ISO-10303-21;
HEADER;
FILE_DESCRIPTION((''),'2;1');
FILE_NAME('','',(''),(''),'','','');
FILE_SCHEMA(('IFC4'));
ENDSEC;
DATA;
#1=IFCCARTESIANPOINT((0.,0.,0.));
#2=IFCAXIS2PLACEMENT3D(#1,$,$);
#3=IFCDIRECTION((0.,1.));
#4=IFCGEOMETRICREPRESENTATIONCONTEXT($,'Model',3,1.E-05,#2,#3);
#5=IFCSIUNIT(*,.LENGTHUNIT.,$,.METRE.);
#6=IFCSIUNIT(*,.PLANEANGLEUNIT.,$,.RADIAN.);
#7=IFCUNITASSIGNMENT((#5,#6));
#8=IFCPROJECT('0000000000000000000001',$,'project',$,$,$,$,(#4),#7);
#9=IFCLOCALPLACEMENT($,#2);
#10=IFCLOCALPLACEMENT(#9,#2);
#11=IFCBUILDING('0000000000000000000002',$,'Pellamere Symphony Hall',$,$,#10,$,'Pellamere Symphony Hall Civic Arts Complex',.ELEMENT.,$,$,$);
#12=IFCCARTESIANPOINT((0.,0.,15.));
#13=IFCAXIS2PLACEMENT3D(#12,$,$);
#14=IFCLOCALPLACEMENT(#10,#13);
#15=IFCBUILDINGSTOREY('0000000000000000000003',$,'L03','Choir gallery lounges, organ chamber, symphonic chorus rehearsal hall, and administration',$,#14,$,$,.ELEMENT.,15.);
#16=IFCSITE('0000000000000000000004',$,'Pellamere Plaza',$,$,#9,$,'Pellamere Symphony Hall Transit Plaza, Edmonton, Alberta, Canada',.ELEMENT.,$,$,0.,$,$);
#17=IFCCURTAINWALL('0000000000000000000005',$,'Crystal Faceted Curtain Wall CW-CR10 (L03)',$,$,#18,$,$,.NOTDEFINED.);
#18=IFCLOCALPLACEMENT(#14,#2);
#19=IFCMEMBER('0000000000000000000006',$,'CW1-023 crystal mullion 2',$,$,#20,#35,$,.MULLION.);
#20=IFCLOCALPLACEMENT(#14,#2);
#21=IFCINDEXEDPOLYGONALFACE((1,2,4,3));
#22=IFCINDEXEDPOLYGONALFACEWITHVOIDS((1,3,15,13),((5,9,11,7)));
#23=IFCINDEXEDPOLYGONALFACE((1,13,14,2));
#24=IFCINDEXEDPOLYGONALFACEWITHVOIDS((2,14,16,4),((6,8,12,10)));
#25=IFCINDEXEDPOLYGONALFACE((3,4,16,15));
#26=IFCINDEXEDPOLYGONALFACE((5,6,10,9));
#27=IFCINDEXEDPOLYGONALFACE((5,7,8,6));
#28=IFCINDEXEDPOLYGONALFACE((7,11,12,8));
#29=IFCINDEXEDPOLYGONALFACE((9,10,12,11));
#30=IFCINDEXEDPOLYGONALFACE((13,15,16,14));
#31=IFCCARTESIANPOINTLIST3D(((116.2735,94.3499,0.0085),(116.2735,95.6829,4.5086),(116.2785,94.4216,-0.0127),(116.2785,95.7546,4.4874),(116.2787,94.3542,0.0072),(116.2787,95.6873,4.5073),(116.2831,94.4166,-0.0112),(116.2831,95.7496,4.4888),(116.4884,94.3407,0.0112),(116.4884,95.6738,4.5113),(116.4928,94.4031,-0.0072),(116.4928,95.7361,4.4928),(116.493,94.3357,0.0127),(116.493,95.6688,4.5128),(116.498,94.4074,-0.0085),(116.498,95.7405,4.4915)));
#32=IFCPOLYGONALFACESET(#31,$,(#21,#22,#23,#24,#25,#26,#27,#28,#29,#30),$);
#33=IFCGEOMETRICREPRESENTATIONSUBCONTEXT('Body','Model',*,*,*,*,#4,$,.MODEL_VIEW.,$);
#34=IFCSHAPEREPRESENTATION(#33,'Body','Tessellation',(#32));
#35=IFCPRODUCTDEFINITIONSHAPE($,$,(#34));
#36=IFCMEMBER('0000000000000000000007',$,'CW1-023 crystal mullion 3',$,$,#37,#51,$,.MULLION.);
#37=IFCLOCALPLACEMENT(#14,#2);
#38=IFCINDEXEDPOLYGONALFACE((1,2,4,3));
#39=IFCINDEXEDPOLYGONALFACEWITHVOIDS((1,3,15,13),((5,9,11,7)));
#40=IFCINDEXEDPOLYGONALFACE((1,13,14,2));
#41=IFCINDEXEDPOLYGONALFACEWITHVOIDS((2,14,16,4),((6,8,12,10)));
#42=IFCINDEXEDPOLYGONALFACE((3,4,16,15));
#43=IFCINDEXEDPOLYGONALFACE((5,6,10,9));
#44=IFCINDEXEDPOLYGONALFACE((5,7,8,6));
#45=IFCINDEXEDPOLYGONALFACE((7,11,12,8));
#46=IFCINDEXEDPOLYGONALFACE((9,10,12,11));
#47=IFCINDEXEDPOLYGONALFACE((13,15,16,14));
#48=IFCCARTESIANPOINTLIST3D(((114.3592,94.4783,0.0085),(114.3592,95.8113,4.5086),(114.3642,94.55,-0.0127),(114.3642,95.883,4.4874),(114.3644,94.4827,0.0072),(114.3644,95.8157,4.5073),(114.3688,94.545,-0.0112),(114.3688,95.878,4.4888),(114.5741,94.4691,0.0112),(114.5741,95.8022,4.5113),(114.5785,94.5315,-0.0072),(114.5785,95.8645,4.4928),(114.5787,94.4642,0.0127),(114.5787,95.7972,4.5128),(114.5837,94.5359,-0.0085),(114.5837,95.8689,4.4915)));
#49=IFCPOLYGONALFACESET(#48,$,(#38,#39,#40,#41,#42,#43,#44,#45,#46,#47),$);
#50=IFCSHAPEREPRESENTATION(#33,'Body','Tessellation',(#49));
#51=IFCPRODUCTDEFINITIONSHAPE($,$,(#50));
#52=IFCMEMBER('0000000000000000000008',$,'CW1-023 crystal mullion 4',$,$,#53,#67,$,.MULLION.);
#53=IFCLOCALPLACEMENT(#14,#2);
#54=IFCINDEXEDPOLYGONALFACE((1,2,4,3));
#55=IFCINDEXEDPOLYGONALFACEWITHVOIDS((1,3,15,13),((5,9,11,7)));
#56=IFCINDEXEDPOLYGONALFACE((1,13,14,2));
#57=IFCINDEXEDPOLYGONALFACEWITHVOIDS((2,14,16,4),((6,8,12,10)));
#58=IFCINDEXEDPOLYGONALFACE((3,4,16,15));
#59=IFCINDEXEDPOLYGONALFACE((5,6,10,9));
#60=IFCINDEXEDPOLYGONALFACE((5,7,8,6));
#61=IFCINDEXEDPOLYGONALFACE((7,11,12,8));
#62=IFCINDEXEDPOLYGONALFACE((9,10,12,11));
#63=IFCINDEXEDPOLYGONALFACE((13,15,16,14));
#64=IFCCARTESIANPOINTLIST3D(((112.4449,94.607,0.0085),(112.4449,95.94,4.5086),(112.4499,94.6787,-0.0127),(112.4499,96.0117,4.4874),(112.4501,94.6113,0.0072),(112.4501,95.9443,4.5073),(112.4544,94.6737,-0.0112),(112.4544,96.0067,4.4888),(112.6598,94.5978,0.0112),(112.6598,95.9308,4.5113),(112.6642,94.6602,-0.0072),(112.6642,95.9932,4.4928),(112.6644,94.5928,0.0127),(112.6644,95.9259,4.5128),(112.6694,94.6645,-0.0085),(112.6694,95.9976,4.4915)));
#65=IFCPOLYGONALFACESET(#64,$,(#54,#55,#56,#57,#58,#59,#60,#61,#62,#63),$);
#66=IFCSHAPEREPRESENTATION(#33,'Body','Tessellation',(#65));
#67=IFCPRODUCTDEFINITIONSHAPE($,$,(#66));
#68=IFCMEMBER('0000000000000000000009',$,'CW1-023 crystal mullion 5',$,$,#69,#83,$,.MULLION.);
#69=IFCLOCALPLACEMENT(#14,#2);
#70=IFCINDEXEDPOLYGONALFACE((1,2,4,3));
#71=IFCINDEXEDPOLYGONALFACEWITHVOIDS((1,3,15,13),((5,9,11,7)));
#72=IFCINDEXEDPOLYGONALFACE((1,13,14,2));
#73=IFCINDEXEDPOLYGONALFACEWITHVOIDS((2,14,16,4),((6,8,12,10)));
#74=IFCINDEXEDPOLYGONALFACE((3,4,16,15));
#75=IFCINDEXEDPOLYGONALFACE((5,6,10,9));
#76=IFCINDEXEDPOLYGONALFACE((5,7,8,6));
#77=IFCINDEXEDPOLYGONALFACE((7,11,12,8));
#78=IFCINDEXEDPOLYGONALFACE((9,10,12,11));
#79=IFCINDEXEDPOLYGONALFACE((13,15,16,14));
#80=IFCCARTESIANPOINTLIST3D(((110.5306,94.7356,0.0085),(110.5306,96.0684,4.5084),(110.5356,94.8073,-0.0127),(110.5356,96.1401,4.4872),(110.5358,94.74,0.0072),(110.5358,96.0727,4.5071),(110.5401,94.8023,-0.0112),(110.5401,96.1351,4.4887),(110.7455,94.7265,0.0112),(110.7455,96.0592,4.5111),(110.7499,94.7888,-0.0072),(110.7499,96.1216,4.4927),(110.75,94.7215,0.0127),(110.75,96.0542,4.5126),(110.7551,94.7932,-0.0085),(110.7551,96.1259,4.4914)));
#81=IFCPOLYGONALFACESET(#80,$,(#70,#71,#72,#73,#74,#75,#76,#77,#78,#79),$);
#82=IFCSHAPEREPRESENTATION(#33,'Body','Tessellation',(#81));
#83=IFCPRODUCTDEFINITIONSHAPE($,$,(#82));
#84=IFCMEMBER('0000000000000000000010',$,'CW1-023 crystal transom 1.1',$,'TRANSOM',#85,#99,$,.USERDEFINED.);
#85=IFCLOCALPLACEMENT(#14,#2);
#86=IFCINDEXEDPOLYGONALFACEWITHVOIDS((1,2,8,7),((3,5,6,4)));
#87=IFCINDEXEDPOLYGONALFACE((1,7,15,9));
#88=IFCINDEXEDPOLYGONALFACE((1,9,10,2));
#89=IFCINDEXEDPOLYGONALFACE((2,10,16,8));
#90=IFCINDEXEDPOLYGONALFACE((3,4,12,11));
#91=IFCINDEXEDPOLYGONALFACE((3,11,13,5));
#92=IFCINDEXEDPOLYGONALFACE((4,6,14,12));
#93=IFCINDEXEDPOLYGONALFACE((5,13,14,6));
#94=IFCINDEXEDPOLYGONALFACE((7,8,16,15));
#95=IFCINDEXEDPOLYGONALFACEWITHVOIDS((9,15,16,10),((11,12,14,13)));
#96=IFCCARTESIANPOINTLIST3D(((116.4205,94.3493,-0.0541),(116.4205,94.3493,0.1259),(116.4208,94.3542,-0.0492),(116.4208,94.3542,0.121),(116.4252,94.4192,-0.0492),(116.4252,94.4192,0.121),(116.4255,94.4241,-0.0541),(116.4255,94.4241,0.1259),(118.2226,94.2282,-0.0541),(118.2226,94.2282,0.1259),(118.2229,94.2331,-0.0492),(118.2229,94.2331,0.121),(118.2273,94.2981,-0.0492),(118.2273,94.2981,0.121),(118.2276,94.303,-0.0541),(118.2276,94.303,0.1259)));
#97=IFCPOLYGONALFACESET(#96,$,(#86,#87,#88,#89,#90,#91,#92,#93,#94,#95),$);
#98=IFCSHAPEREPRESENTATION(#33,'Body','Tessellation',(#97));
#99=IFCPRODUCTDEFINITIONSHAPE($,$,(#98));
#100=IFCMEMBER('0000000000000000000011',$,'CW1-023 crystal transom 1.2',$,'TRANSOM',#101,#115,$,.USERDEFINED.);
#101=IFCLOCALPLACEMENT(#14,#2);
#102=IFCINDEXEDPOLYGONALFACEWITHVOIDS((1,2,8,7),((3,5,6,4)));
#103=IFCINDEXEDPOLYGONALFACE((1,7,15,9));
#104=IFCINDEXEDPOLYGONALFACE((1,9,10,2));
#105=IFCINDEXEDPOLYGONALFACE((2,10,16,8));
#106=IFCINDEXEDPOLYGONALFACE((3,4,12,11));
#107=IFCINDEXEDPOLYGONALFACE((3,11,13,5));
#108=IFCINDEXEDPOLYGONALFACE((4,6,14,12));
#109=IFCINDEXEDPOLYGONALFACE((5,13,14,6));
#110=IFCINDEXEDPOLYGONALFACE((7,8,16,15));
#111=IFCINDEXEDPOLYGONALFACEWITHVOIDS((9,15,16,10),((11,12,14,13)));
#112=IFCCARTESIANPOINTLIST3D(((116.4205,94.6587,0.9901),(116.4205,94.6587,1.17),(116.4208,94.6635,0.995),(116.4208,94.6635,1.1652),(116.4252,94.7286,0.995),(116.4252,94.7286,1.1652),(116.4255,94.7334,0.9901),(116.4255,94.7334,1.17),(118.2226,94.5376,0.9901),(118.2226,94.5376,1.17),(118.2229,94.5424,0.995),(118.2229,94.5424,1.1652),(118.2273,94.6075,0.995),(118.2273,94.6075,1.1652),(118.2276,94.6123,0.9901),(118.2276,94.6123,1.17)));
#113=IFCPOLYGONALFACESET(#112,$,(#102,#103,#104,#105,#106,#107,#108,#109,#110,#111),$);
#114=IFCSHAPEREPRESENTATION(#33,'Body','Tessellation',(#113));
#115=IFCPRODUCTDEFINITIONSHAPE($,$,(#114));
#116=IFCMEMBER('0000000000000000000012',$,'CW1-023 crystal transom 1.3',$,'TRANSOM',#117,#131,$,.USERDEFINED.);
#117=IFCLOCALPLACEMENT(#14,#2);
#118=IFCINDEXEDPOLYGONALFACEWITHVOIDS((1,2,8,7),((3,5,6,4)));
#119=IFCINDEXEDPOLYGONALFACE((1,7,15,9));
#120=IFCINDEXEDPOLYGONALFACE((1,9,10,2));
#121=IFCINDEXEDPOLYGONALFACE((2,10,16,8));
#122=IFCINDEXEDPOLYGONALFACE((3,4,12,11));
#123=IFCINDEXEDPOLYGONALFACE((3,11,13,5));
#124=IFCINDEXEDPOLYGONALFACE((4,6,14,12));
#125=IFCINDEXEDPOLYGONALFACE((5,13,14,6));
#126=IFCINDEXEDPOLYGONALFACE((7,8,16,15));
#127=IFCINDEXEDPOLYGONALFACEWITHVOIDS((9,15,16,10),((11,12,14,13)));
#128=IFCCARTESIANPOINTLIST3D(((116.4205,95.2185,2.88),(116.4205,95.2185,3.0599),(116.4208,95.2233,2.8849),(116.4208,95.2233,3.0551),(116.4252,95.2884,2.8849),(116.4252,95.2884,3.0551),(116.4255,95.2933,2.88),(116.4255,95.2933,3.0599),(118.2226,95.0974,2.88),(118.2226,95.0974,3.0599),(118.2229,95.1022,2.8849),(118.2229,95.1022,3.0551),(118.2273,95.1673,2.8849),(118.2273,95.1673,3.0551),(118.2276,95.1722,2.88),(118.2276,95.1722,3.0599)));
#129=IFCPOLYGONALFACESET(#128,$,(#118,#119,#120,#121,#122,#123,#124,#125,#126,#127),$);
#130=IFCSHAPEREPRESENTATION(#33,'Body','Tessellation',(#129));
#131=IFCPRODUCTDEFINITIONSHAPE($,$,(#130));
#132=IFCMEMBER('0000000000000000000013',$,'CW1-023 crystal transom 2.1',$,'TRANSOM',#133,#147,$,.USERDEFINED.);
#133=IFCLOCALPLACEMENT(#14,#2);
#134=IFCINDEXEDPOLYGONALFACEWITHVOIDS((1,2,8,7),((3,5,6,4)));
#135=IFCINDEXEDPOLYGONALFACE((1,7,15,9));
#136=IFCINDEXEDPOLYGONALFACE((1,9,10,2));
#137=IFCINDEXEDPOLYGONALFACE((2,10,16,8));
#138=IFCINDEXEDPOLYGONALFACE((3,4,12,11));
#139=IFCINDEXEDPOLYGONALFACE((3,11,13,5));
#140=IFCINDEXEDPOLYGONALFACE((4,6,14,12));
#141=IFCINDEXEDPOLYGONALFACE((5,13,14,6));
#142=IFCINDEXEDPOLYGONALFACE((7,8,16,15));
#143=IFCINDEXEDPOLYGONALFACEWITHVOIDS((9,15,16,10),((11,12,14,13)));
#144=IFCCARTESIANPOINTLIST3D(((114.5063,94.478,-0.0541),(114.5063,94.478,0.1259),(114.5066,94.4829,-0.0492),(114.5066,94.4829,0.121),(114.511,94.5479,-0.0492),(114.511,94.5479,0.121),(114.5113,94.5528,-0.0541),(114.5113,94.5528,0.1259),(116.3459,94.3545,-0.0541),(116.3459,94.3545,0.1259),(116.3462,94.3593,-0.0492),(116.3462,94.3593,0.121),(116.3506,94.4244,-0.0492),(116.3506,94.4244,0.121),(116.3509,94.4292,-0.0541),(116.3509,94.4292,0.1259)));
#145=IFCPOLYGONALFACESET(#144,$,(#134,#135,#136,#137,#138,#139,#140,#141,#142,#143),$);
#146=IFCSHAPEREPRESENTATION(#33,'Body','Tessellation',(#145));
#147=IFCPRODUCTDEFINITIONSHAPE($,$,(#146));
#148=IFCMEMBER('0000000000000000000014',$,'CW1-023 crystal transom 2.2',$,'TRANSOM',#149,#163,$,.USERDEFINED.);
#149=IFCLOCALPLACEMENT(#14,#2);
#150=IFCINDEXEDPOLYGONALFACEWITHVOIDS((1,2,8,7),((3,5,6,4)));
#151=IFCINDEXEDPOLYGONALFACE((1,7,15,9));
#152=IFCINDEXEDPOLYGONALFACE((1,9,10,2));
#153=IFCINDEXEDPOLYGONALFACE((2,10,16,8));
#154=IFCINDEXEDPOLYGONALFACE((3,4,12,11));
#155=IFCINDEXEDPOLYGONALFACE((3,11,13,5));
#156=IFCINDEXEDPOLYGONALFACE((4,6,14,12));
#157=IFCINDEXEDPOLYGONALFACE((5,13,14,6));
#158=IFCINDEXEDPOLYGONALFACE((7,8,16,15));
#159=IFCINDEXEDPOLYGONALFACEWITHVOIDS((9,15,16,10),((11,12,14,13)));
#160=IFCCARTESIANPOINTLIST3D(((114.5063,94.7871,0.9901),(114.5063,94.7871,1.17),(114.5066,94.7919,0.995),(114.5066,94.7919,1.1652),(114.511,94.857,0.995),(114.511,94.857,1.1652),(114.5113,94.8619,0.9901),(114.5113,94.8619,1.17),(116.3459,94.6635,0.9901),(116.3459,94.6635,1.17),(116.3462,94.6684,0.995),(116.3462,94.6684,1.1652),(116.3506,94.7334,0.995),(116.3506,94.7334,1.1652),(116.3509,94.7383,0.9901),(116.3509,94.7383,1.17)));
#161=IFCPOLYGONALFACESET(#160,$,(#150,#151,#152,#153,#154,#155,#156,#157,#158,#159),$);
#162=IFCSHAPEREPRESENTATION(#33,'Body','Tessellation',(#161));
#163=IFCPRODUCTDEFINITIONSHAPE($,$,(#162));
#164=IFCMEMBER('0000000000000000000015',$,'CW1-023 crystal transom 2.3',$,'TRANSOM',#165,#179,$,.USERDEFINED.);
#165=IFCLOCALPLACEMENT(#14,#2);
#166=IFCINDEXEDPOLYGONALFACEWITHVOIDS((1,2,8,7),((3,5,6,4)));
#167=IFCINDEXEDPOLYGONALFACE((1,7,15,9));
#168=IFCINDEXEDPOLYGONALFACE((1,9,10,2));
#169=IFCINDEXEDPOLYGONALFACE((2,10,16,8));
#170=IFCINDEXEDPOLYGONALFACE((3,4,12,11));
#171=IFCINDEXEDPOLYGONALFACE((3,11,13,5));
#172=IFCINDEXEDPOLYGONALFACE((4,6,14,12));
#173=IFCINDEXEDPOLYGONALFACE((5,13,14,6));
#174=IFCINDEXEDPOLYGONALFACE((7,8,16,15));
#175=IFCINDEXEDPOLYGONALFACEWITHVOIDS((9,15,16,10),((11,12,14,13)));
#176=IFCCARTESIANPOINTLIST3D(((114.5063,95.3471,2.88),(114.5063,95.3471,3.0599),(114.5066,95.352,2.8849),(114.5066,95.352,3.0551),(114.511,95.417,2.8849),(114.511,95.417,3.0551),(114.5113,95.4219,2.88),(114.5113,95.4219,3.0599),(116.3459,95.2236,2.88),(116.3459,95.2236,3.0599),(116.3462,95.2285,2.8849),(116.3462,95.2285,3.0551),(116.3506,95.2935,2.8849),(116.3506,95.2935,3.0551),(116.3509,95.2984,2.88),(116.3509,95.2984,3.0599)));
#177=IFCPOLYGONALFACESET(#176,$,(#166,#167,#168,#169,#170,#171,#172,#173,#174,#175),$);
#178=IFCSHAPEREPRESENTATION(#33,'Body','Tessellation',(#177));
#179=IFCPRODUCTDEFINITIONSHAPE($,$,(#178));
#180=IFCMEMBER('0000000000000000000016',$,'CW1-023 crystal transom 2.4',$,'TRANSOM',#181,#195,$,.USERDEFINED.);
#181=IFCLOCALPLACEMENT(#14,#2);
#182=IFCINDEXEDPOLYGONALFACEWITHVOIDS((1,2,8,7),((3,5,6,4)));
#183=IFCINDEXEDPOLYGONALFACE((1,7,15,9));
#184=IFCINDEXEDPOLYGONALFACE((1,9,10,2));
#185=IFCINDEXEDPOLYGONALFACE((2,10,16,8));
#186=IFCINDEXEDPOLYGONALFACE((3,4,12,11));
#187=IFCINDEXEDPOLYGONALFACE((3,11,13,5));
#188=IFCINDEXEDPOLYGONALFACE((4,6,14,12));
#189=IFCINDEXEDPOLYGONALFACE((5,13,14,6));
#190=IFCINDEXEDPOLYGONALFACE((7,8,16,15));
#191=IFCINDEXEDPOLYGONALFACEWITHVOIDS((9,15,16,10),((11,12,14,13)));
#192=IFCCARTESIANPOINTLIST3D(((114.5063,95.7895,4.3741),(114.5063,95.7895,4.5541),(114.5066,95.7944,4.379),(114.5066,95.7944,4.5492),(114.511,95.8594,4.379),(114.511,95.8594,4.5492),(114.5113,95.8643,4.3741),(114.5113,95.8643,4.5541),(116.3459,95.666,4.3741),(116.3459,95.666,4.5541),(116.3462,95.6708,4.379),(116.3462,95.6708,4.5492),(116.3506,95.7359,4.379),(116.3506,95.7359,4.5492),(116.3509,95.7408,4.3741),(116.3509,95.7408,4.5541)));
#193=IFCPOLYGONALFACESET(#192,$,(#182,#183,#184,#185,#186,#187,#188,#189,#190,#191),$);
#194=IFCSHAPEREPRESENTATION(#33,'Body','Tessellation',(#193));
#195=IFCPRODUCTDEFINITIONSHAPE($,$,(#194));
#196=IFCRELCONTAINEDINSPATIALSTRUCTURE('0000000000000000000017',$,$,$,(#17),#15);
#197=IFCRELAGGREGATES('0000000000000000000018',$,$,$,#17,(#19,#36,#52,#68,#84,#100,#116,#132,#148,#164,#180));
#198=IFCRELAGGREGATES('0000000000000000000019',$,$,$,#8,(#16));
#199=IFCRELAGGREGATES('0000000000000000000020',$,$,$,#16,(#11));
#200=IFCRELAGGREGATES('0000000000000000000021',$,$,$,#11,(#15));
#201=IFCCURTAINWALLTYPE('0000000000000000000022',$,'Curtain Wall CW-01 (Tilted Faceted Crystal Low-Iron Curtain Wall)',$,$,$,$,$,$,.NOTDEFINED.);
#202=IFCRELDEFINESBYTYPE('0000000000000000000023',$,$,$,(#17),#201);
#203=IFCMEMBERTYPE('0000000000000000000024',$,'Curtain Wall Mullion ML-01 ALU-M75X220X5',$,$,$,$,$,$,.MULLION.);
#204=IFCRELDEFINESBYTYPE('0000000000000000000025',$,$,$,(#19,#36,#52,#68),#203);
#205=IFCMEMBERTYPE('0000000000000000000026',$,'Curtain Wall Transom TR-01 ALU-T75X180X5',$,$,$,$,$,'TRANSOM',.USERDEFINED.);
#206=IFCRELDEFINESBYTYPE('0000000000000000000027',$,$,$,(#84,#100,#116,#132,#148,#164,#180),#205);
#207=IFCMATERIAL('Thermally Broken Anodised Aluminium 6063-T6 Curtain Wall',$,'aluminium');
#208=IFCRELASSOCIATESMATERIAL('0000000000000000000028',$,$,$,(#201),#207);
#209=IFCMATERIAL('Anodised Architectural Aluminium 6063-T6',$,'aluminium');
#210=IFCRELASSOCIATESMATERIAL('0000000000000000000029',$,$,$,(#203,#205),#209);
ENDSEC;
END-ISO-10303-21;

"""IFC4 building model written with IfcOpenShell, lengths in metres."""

from ifc_helpers import new_model, si_unit, direction, frame, origin, origin_2d, place, context, subcontext, project, spatial, hollow_rectangle, extrude, material, material_profile, profile_set, type_object, element, aggregate, save


model = new_model("IFC4")

# Units and contexts
model_context = context("Model", 3, precision=1e-05, world=origin(), true_north=direction((0.0, 1.0)))
body_context = subcontext(model_context, "Body", "Model", "MODEL_VIEW")
ifc_project = project(units=[si_unit("LENGTHUNIT", "METRE"), si_unit("PLANEANGLEUNIT", "RADIAN")], contexts=[model_context])

# Site, building, storey
site_placement = place(None, origin())
site = spatial("IfcSite", under=ifc_project, at=site_placement, Name="Pellamere Plaza", LongName="Pellamere Symphony Hall Transit Plaza, Edmonton, Alberta, Canada", CompositionType="ELEMENT", RefElevation=0.0)
building_placement = place(site_placement, origin())
building = spatial("IfcBuilding", under=site, at=building_placement, Name="Pellamere Symphony Hall", LongName="Pellamere Symphony Hall Civic Arts Complex", CompositionType="ELEMENT")
storey_placement = place(building_placement, frame((0.0, 0.0, 15.0)))
storey = spatial("IfcBuildingStorey", under=building, at=storey_placement, Name="L03", Description="Choir gallery lounges, organ chamber, symphonic chorus rehearsal hall, and administration", CompositionType="ELEMENT", Elevation=15.0)

# Curtain wall, members
ifc_material_1 = material(Name="Thermally Broken Anodised Aluminium 6063-T6 Curtain Wall", Category="aluminium")
curtain_wall_type = type_object("IfcCurtainWallType", Name="Curtain Wall CW-01 (Tilted Faceted Crystal Low-Iron Curtain Wall)", PredefinedType="NOTDEFINED", material=ifc_material_1)
curtain_wall_placement = place(storey_placement, origin())
curtain_wall = element("IfcCurtainWall", 1, at=curtain_wall_placement, inside=storey, type_object=curtain_wall_type, Name="Crystal Faceted Curtain Wall CW-CR10 (L03)", PredefinedType="NOTDEFINED")
ifc_material_2 = material(Name="Anodised Architectural Aluminium 6063-T6", Category="aluminium")
ifc_material_profile_1 = material_profile(ifc_material_2, hollow_rectangle(XDim=0.075, YDim=0.22, WallThickness=0.0049, at=origin_2d()), Name="ALU-M75X220X5")
ifc_profile_set_1 = profile_set([ifc_material_profile_1], Name="Anodised Architectural Aluminium 6063-T6")
member_type_1 = type_object("IfcMemberType", Name="Curtain Wall Mullion ML-01 ALU-M75X220X5", PredefinedType="MULLION", material=ifc_profile_set_1)
member_1_placement = place(storey_placement, frame((116.3857, 94.3787, 0.0), z_axis=(0.0, 0.284025, 0.958817), x_axis=(0.067013, 0.956662, -0.283386)))
member_1 = element("IfcMember", 2, at=member_1_placement, type_object=member_type_1, Name="CW1-023 crystal mullion 2", PredefinedType="MULLION", context=body_context, shape_type="SweptSolid", body=[
    extrude(hollow_rectangle(XDim=0.075, YDim=0.22, WallThickness=0.0049, at=origin_2d()), origin(), (0.0, 0.0, 1.0), 4.6934),
])
member_2_placement = place(storey_placement, frame((114.4714, 94.5071, 0.0), z_axis=(0.0, 0.284025, 0.958817), x_axis=(0.067013, 0.956662, -0.283386)))
member_2 = element("IfcMember", 3, at=member_2_placement, type_object=member_type_1, Name="CW1-023 crystal mullion 3", PredefinedType="MULLION", context=body_context, shape_type="SweptSolid", body=[
    extrude(hollow_rectangle(XDim=0.075, YDim=0.22, WallThickness=0.0049, at=origin_2d()), origin(), (0.0, 0.0, 1.0), 4.6934),
])
member_3_placement = place(storey_placement, frame((112.5571, 94.6357, 0.0), z_axis=(0.0, 0.284025, 0.958817), x_axis=(0.067013, 0.956662, -0.283386)))
member_3 = element("IfcMember", 4, at=member_3_placement, type_object=member_type_1, Name="CW1-023 crystal mullion 4", PredefinedType="MULLION", context=body_context, shape_type="SweptSolid", body=[
    extrude(hollow_rectangle(XDim=0.075, YDim=0.22, WallThickness=0.0049, at=origin_2d()), origin(), (0.0, 0.0, 1.0), 4.6934),
])
member_4_placement = place(storey_placement, frame((110.6428, 94.7644, 0.0), z_axis=(0.0, 0.283977, 0.958831), x_axis=(0.067013, 0.956676, -0.283338)))
member_4 = element("IfcMember", 5, at=member_4_placement, type_object=member_type_1, Name="CW1-023 crystal mullion 5", PredefinedType="MULLION", context=body_context, shape_type="SweptSolid", body=[
    extrude(hollow_rectangle(XDim=0.075, YDim=0.22, WallThickness=0.0049, at=origin_2d()), origin(), (0.0, 0.0, 1.0), 4.6931),
])
ifc_material_profile_2 = material_profile(ifc_material_2, hollow_rectangle(XDim=0.075, YDim=0.1799, WallThickness=0.0049, at=origin_2d()), Name="ALU-T75X180X5")
ifc_profile_set_2 = profile_set([ifc_material_profile_2], Name="Anodised Architectural Aluminium 6063-T6")
member_type_2 = type_object("IfcMemberType", Name="Curtain Wall Transom TR-01 ALU-T75X180X5", ElementType="TRANSOM", PredefinedType="USERDEFINED", material=ifc_profile_set_2)
member_5_placement = place(storey_placement, frame((118.2251, 94.2656, 0.0359), z_axis=(-0.99775, 0.067048, 0.0), x_axis=(-0.067048, -0.99775, 0.0)))
member_5 = element("IfcMember", 6, at=member_5_placement, type_object=member_type_2, Name="CW1-023 crystal transom 1.1", ObjectType="TRANSOM", PredefinedType="USERDEFINED", context=body_context, shape_type="SweptSolid", body=[
    extrude(hollow_rectangle(XDim=0.075, YDim=0.1799, WallThickness=0.0049, at=origin_2d()), origin(), (0.0, 0.0, 1.0), 1.8062),
])
member_6_placement = place(storey_placement, frame((118.2251, 94.575, 1.0801), z_axis=(-0.99775, 0.067048, 0.0), x_axis=(-0.067048, -0.99775, 0.0)))
member_6 = element("IfcMember", 7, at=member_6_placement, type_object=member_type_2, Name="CW1-023 crystal transom 1.2", ObjectType="TRANSOM", PredefinedType="USERDEFINED", context=body_context, shape_type="SweptSolid", body=[
    extrude(hollow_rectangle(XDim=0.075, YDim=0.1799, WallThickness=0.0049, at=origin_2d()), origin(), (0.0, 0.0, 1.0), 1.8062),
])
member_7_placement = place(storey_placement, frame((118.2251, 95.1348, 2.97), z_axis=(-0.99775, 0.067048, 0.0), x_axis=(-0.067048, -0.99775, 0.0)))
member_7 = element("IfcMember", 8, at=member_7_placement, type_object=member_type_2, Name="CW1-023 crystal transom 1.3", ObjectType="TRANSOM", PredefinedType="USERDEFINED", context=body_context, shape_type="SweptSolid", body=[
    extrude(hollow_rectangle(XDim=0.075, YDim=0.1799, WallThickness=0.0049, at=origin_2d()), origin(), (0.0, 0.0, 1.0), 1.8062),
])
member_8_placement = place(storey_placement, frame((116.3484, 94.3918, 0.0359), z_axis=(-0.997753, 0.067002, 0.0), x_axis=(-0.067002, -0.997753, 0.0)))
member_8 = element("IfcMember", 9, at=member_8_placement, type_object=member_type_2, Name="CW1-023 crystal transom 2.1", ObjectType="TRANSOM", PredefinedType="USERDEFINED", context=body_context, shape_type="SweptSolid", body=[
    extrude(hollow_rectangle(XDim=0.075, YDim=0.1799, WallThickness=0.0049, at=origin_2d()), origin(), (0.0, 0.0, 1.0), 1.8438),
])
member_9_placement = place(storey_placement, frame((116.3484, 94.7009, 1.0801), z_axis=(-0.997753, 0.067002, 0.0), x_axis=(-0.067002, -0.997753, 0.0)))
member_9 = element("IfcMember", 10, at=member_9_placement, type_object=member_type_2, Name="CW1-023 crystal transom 2.2", ObjectType="TRANSOM", PredefinedType="USERDEFINED", context=body_context, shape_type="SweptSolid", body=[
    extrude(hollow_rectangle(XDim=0.075, YDim=0.1799, WallThickness=0.0049, at=origin_2d()), origin(), (0.0, 0.0, 1.0), 1.8438),
])
member_10_placement = place(storey_placement, frame((116.3484, 95.261, 2.97), z_axis=(-0.997753, 0.067002, 0.0), x_axis=(-0.067002, -0.997753, 0.0)))
member_10 = element("IfcMember", 11, at=member_10_placement, type_object=member_type_2, Name="CW1-023 crystal transom 2.3", ObjectType="TRANSOM", PredefinedType="USERDEFINED", context=body_context, shape_type="SweptSolid", body=[
    extrude(hollow_rectangle(XDim=0.075, YDim=0.1799, WallThickness=0.0049, at=origin_2d()), origin(), (0.0, 0.0, 1.0), 1.8438),
])
member_11_placement = place(storey_placement, frame((116.3484, 95.7034, 4.4641), z_axis=(-0.997753, 0.067002, 0.0), x_axis=(-0.067002, -0.997753, 0.0)))
member_11 = element("IfcMember", 12, at=member_11_placement, type_object=member_type_2, Name="CW1-023 crystal transom 2.4", ObjectType="TRANSOM", PredefinedType="USERDEFINED", context=body_context, shape_type="SweptSolid", body=[
    extrude(hollow_rectangle(XDim=0.075, YDim=0.1799, WallThickness=0.0049, at=origin_2d()), origin(), (0.0, 0.0, 1.0), 1.8438),
])
aggregate(curtain_wall, [member_1, member_2, member_3, member_4, member_5, member_6, member_7, member_8, member_9, member_10, member_11])

save(model, "model.ifc")
